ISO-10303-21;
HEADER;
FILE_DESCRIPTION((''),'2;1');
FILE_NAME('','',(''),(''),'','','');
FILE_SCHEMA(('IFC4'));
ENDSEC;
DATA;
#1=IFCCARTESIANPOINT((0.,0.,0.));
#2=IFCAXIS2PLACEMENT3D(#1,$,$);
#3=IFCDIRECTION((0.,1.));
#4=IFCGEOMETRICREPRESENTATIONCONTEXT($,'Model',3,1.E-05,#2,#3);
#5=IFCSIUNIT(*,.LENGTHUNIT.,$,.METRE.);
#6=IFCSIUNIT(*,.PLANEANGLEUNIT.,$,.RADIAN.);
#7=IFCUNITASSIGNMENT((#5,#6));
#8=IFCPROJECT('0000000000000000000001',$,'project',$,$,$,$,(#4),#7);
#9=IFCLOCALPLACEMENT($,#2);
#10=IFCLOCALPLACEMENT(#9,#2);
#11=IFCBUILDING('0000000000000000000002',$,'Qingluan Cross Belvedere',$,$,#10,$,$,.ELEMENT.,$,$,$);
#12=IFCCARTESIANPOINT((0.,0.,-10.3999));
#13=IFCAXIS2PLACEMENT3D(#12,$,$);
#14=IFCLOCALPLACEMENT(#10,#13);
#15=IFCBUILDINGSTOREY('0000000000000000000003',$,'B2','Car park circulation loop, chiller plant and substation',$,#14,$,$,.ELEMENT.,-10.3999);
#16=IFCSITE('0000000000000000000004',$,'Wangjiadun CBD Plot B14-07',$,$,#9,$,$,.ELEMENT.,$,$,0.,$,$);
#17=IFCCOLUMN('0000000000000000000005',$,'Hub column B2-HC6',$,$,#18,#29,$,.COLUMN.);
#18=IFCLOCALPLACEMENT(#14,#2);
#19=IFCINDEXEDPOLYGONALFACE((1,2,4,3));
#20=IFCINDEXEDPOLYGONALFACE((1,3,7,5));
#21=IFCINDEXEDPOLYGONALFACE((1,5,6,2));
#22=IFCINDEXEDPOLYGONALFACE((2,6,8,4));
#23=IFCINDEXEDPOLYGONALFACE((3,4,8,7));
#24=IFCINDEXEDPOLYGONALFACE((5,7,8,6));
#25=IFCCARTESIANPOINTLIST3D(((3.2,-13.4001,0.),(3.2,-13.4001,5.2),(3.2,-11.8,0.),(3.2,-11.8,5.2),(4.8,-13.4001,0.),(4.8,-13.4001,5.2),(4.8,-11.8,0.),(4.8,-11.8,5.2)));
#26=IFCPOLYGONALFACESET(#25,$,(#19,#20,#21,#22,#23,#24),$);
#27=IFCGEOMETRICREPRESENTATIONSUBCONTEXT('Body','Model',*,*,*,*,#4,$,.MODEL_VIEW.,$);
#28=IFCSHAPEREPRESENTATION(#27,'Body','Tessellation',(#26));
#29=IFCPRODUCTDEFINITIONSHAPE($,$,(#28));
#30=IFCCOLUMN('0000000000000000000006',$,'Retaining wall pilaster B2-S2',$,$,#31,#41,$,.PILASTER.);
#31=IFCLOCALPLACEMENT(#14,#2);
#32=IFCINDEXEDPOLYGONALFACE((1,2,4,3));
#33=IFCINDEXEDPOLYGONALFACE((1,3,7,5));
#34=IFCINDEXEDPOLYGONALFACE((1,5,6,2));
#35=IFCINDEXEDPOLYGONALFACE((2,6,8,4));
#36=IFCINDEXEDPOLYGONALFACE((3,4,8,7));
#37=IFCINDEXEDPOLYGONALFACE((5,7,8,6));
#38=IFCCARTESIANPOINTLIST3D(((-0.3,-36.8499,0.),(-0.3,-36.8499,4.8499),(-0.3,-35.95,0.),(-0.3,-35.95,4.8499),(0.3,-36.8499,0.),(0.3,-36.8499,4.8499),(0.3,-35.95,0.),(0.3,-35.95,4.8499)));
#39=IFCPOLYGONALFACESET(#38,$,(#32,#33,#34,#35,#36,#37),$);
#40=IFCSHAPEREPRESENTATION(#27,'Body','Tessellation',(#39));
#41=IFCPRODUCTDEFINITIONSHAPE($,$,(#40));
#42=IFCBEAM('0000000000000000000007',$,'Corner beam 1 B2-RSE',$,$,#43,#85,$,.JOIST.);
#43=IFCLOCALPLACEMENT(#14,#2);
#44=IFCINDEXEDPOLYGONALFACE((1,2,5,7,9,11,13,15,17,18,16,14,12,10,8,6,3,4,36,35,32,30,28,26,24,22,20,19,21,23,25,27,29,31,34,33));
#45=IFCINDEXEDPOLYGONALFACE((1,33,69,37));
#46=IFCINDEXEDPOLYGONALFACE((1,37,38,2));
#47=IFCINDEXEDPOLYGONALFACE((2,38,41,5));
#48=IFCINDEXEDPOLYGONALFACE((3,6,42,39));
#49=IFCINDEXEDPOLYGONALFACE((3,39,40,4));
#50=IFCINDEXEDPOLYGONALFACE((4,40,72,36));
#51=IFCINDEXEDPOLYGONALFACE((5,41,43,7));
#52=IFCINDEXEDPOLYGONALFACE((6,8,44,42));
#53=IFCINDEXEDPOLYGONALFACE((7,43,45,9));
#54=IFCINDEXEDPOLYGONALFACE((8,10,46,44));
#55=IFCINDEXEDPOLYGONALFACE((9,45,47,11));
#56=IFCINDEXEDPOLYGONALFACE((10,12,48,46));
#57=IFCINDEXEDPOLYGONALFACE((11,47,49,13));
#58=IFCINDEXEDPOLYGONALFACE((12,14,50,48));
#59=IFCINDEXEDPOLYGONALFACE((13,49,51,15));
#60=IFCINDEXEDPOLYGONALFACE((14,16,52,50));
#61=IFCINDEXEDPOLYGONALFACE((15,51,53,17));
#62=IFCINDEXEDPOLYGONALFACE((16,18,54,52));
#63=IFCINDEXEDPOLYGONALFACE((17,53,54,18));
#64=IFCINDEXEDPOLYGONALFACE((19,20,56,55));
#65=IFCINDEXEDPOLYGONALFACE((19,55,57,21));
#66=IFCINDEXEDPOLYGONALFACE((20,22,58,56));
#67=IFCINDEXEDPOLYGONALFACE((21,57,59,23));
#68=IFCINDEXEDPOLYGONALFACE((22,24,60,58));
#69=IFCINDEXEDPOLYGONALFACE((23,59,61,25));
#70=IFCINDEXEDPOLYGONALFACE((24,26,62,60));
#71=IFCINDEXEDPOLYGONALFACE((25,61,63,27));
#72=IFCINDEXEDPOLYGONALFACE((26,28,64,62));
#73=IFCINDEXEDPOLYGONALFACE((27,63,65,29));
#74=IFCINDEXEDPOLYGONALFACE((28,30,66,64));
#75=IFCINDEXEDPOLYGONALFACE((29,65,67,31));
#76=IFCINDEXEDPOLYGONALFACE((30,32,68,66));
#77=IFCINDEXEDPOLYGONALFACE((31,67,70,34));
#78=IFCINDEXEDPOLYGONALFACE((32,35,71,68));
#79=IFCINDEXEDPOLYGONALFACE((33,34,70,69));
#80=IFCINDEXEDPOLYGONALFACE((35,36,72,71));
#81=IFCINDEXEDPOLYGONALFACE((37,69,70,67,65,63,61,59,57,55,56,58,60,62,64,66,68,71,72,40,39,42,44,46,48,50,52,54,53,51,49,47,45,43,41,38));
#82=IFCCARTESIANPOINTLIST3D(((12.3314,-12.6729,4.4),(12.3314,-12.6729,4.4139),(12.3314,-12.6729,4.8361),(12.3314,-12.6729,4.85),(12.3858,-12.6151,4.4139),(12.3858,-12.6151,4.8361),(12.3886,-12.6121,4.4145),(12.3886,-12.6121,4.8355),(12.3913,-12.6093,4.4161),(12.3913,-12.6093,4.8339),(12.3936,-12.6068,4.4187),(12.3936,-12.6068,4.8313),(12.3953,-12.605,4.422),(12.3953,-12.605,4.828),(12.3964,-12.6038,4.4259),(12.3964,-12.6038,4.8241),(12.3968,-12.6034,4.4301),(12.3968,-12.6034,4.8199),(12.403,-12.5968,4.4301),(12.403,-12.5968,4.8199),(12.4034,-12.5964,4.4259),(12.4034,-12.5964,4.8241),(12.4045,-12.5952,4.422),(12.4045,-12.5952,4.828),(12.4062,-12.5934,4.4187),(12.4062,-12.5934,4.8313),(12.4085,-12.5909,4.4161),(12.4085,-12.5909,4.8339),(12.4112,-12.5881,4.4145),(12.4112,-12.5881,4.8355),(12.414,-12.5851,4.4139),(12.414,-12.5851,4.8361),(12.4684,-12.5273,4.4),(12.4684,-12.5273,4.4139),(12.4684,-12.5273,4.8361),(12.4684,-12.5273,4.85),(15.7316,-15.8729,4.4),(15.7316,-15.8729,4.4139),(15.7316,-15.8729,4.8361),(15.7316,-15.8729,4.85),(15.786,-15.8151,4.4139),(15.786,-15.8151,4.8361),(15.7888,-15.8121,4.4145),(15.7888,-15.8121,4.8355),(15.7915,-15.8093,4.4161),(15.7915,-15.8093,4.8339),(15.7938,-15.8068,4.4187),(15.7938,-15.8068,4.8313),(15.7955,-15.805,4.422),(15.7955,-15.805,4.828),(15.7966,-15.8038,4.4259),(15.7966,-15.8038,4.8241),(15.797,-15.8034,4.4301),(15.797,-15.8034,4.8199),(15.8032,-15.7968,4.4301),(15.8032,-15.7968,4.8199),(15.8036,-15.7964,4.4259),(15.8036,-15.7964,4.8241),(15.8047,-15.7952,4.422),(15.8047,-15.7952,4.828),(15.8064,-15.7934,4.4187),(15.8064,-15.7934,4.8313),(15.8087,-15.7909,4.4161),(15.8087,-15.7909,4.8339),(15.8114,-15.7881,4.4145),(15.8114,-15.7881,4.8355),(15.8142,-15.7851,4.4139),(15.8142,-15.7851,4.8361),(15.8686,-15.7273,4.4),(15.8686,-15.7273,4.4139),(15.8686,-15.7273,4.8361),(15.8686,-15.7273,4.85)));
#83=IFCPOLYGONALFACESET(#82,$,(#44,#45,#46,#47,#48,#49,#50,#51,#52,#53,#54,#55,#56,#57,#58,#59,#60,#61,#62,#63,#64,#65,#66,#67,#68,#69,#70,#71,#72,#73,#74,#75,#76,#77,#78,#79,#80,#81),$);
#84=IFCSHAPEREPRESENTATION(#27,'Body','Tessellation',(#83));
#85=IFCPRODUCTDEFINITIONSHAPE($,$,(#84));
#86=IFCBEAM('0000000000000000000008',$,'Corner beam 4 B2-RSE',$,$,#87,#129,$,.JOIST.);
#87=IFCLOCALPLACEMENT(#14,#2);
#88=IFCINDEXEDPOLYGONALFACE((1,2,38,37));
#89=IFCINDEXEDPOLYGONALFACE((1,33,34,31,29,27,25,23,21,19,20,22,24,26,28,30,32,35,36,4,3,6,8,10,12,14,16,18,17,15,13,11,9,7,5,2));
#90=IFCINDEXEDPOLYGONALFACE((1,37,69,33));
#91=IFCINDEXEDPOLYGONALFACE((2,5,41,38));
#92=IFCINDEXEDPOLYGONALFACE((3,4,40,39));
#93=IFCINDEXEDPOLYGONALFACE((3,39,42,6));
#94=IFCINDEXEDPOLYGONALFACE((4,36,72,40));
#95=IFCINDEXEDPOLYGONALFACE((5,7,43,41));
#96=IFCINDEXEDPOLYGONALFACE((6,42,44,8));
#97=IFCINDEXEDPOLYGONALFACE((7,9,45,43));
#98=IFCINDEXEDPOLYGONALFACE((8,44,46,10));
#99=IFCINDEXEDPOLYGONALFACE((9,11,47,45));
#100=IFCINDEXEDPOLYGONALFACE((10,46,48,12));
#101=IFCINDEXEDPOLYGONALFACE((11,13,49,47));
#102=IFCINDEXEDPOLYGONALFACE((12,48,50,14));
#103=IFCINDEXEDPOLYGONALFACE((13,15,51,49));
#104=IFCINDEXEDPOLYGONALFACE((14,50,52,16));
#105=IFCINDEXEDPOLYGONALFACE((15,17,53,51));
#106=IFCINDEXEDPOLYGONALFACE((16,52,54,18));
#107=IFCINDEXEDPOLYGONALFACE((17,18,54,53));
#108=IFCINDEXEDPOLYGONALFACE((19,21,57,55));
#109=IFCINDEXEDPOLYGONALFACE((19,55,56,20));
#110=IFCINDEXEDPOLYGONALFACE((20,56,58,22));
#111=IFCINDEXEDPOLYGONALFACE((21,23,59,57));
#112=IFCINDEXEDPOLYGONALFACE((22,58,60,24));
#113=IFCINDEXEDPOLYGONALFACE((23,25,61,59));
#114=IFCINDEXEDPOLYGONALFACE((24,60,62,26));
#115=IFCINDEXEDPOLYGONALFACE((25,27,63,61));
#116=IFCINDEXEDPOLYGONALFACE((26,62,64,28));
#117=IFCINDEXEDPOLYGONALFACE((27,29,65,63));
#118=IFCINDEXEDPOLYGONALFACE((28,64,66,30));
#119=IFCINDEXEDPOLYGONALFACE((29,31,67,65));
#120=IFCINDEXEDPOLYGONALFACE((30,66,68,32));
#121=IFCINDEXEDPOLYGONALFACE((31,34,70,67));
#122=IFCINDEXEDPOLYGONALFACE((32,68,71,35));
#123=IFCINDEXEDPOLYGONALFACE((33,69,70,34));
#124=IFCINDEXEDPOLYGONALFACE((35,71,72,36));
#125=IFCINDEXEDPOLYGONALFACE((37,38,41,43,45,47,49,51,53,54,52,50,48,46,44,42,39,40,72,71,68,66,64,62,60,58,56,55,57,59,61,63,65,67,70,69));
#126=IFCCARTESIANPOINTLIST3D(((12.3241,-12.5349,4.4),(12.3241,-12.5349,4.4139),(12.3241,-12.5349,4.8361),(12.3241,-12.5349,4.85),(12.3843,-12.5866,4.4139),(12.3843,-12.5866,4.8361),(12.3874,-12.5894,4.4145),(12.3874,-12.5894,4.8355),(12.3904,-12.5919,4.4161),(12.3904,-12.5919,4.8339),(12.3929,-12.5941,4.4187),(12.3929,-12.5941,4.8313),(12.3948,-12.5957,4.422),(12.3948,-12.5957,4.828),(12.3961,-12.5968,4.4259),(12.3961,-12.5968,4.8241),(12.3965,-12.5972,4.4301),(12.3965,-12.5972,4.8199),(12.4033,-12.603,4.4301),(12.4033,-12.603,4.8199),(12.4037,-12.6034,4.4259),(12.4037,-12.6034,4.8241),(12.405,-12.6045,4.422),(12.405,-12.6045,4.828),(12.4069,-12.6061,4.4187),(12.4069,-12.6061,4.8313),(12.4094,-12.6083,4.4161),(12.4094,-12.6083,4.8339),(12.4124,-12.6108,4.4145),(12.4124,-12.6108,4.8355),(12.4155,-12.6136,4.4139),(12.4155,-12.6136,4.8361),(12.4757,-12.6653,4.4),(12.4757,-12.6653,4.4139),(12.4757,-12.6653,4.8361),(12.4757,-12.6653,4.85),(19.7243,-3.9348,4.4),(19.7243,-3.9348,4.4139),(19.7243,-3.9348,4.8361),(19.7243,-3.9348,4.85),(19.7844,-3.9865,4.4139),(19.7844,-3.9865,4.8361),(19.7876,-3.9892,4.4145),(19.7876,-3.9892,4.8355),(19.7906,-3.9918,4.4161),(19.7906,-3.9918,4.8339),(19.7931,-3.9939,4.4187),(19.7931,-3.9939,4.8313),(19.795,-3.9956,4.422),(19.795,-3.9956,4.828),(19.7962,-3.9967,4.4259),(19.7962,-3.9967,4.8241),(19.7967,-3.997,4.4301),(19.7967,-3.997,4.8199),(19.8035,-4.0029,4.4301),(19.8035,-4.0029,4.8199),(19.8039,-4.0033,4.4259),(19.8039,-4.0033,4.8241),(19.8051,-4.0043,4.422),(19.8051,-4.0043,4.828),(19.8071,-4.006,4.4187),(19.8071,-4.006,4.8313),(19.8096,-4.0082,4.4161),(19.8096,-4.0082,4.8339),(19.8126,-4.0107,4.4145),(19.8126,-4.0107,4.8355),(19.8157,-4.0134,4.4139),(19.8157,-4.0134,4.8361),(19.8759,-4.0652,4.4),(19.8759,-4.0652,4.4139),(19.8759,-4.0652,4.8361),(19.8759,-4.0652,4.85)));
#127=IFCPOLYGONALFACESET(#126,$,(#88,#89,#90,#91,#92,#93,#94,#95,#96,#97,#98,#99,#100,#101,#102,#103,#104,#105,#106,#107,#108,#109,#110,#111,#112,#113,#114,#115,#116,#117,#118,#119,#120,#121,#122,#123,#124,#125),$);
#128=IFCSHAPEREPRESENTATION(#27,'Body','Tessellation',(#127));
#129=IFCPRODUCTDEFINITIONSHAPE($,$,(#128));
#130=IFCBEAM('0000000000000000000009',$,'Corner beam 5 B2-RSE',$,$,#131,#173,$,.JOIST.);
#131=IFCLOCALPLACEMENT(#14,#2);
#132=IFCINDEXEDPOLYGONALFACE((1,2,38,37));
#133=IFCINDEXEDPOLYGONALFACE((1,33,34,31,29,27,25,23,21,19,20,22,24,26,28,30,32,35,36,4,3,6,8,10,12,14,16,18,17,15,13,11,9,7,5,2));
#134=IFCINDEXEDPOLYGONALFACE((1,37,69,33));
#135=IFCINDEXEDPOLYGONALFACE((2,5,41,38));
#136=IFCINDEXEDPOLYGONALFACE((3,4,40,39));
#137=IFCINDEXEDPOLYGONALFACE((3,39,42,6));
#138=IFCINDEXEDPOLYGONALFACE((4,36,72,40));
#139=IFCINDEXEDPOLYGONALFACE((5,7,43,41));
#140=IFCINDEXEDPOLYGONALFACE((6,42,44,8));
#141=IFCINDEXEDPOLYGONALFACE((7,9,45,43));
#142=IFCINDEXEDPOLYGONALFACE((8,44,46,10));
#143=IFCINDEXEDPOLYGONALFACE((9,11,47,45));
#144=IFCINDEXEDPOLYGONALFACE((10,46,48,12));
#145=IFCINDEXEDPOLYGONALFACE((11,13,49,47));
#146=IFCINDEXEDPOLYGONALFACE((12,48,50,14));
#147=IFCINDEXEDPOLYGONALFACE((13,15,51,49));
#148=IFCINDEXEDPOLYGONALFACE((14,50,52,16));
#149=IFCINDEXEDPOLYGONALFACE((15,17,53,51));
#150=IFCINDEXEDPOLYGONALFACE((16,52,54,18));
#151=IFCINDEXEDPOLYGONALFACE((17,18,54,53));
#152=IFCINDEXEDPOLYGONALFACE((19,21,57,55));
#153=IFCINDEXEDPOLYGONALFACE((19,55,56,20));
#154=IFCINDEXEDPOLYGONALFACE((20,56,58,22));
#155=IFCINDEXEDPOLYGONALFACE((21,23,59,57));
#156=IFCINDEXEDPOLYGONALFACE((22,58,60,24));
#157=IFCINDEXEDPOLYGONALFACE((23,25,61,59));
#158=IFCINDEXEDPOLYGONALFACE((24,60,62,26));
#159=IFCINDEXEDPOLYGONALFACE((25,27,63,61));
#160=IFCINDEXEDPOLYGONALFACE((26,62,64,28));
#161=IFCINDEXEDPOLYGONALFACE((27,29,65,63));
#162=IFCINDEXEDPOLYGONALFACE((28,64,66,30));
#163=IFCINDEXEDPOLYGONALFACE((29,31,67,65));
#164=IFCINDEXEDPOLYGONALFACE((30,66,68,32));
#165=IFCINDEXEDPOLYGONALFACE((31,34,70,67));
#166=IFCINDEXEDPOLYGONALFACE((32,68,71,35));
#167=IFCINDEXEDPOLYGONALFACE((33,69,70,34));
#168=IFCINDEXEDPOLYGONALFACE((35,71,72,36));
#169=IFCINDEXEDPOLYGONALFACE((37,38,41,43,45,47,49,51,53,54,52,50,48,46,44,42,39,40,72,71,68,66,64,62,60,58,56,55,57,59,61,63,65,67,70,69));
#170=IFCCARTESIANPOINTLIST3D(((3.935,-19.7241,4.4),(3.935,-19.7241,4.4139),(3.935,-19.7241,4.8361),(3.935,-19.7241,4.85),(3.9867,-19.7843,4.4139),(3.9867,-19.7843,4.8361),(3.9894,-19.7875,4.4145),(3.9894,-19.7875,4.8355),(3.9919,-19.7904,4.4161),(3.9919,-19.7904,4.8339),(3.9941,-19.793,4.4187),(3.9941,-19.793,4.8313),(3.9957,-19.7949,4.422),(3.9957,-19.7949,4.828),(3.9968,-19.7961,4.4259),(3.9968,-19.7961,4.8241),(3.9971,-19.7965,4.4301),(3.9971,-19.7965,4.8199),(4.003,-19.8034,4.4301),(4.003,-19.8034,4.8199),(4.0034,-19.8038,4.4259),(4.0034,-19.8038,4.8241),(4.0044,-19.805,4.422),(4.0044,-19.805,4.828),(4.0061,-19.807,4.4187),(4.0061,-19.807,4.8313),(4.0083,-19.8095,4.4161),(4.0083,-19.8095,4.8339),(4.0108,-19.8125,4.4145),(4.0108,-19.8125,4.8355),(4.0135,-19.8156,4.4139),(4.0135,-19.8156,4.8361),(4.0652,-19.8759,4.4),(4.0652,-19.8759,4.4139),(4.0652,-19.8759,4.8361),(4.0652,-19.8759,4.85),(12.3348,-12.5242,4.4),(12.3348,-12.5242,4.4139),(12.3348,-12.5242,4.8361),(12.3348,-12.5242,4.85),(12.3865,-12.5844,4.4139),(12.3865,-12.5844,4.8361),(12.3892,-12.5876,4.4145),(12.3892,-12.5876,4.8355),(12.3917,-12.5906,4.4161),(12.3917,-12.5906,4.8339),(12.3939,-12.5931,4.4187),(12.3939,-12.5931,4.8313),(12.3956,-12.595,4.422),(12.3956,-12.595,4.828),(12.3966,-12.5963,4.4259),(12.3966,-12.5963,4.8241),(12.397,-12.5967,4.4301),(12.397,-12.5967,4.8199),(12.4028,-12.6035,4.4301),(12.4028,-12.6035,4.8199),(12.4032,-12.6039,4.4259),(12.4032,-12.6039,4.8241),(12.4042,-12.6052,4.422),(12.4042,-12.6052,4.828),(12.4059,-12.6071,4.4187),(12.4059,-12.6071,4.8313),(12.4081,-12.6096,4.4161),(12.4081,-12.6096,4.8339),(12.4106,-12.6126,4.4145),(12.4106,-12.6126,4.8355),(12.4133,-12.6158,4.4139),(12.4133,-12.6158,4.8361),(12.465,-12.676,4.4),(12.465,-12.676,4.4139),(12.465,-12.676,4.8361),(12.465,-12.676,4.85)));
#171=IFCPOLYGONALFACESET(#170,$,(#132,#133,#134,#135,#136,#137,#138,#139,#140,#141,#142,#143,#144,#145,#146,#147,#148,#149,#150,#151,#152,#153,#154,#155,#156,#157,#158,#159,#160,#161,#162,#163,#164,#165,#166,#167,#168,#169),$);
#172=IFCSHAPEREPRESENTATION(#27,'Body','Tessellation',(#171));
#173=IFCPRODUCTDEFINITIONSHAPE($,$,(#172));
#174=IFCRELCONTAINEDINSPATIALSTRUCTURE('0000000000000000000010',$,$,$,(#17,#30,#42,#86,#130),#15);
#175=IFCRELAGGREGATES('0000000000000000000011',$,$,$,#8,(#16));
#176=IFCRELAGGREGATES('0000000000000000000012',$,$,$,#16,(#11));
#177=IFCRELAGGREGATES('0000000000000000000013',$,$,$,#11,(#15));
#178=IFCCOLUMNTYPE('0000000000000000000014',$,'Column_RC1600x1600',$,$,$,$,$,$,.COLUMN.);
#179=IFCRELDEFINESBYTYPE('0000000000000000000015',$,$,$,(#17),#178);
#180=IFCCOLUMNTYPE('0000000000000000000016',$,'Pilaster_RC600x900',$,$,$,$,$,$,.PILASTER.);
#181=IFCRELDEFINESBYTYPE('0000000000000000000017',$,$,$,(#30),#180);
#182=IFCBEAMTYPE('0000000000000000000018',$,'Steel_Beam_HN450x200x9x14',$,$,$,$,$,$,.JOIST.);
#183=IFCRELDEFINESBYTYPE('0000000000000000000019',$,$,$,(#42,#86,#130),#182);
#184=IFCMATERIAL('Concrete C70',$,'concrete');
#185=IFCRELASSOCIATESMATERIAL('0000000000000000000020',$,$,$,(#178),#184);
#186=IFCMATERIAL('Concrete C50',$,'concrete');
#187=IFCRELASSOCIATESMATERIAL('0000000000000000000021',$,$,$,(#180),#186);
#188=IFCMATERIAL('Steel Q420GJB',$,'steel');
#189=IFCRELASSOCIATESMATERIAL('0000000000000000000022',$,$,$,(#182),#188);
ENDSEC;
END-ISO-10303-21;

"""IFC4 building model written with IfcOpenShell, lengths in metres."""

from ifc_helpers import new_model, si_unit, direction, frame, origin, origin_2d, place, context, subcontext, project, spatial, rectangle, i_section, extrude, material, material_profile, profile_set, type_object, element, save


model = new_model("IFC4")

# Units and contexts
model_context = context("Model", 3, precision=1e-05, world=origin(), true_north=direction((0.0, 1.0)))
body_context = subcontext(model_context, "Body", "Model", "MODEL_VIEW")
ifc_project = project(units=[si_unit("LENGTHUNIT", "METRE"), si_unit("PLANEANGLEUNIT", "RADIAN")], contexts=[model_context])

# Site, building, storey
site_placement = place(None, origin())
site = spatial("IfcSite", under=ifc_project, at=site_placement, Name="Wangjiadun CBD Plot B14-07", CompositionType="ELEMENT", RefElevation=0.0)
building_placement = place(site_placement, origin())
building = spatial("IfcBuilding", under=site, at=building_placement, Name="Qingluan Cross Belvedere", CompositionType="ELEMENT")
storey_placement = place(building_placement, frame((0.0, 0.0, -10.3999)))
storey = spatial("IfcBuildingStorey", under=building, at=storey_placement, Name="B2", Description="Car park circulation loop, chiller plant and substation", CompositionType="ELEMENT", Elevation=-10.3999)

# Columns
ifc_material_1 = material(Name="Concrete C70", Category="concrete")
ifc_material_profile_1 = material_profile(ifc_material_1, rectangle(XDim=1.6001, YDim=1.6001, at=origin_2d()), Name="RC1600x1600")
ifc_profile_set_1 = profile_set([ifc_material_profile_1], Name="Concrete C70")
column_type_1 = type_object("IfcColumnType", Name="Column_RC1600x1600", PredefinedType="COLUMN", material=ifc_profile_set_1)
for number, where, z_axis, x_axis, name in (
    (1, (4.0, -12.6001, 0.0), (0.0, 0.0, 1.0), (1.0, 0.0, 0.0), "Hub column B2-HC6"),
):
    element("IfcColumn", number, at=place(storey_placement, frame(where, z_axis=z_axis, x_axis=x_axis)), inside=storey, type_object=column_type_1, Name=name, PredefinedType="COLUMN", context=body_context, shape_type="SweptSolid", body=[
        extrude(rectangle(XDim=1.6001, YDim=1.6001, at=origin_2d()), origin(), (0.0, 0.0, 1.0), 5.2),
    ])
ifc_material_2 = material(Name="Concrete C50", Category="concrete")
ifc_material_profile_2 = material_profile(ifc_material_2, rectangle(XDim=0.6001, YDim=0.8999, at=origin_2d()), Name="RC600x900")
ifc_profile_set_2 = profile_set([ifc_material_profile_2], Name="Concrete C50")
column_type_2 = type_object("IfcColumnType", Name="Pilaster_RC600x900", PredefinedType="PILASTER", material=ifc_profile_set_2)
column_placement = place(storey_placement, frame((0.0, -36.3999, 0.0), z_axis=(0.0, 0.0, 1.0), x_axis=(1.0, 0.0, 0.0)))
element("IfcColumn", 2, at=column_placement, inside=storey, type_object=column_type_2, Name="Retaining wall pilaster B2-S2", PredefinedType="PILASTER", context=body_context, shape_type="SweptSolid", body=[
    extrude(rectangle(XDim=0.6001, YDim=0.8999, at=origin_2d()), origin(), (0.0, 0.0, 1.0), 4.8499),
])

# Beams
ifc_material_3 = material(Name="Steel Q420GJB", Category="steel")
ifc_material_profile_3 = material_profile(ifc_material_3, i_section(OverallWidth=0.2, OverallDepth=0.45, WebThickness=0.009, FlangeThickness=0.0139, FilletRadius=0.0161, at=origin_2d()), Name="HN450x200x9x14")
ifc_profile_set_3 = profile_set([ifc_material_profile_3], Name="Steel Q420GJB")
beam_type_1 = type_object("IfcBeamType", Name="Steel_Beam_HN450x200x9x14", PredefinedType="JOIST", material=ifc_profile_set_3)
beam_1_placement = place(storey_placement, frame((12.3999, -12.6001, 4.625), z_axis=(0.72822, -0.685343, 0.0), x_axis=(0.685343, 0.72822, 0.0)))
element("IfcBeam", 3, at=beam_1_placement, inside=storey, type_object=beam_type_1, Name="Corner beam 1 B2-RSE", PredefinedType="JOIST", context=body_context, shape_type="SweptSolid", body=[
    extrude(i_section(OverallWidth=0.2, OverallDepth=0.45, WebThickness=0.009, FlangeThickness=0.0139, FilletRadius=0.0161, at=origin_2d()), origin(), (0.0, 0.0, 1.0), 4.6692),
])
beam_2_placement = place(storey_placement, frame((12.3999, -12.6001, 4.625), z_axis=(0.652245, 0.758008, 0.0), x_axis=(-0.758008, 0.652245, 0.0)))
element("IfcBeam", 4, at=beam_2_placement, inside=storey, type_object=beam_type_1, Name="Corner beam 4 B2-RSE", PredefinedType="JOIST", context=body_context, shape_type="SweptSolid", body=[
    extrude(i_section(OverallWidth=0.2, OverallDepth=0.45, WebThickness=0.009, FlangeThickness=0.0139, FilletRadius=0.0161, at=origin_2d()), origin(), (0.0, 0.0, 1.0), 11.3457),
])
beam_3_placement = place(storey_placement, frame((12.3999, -12.6001, 4.625), z_axis=(-0.759255, -0.650793, 0.0), x_axis=(0.650793, -0.759255, 0.0)))
element("IfcBeam", 5, at=beam_3_placement, inside=storey, type_object=beam_type_1, Name="Corner beam 5 B2-RSE", PredefinedType="JOIST", context=body_context, shape_type="SweptSolid", body=[
    extrude(i_section(OverallWidth=0.2, OverallDepth=0.45, WebThickness=0.009, FlangeThickness=0.0139, FilletRadius=0.0161, at=origin_2d()), origin(), (0.0, 0.0, 1.0), 11.0632),
])

save(model, "model.ifc")
